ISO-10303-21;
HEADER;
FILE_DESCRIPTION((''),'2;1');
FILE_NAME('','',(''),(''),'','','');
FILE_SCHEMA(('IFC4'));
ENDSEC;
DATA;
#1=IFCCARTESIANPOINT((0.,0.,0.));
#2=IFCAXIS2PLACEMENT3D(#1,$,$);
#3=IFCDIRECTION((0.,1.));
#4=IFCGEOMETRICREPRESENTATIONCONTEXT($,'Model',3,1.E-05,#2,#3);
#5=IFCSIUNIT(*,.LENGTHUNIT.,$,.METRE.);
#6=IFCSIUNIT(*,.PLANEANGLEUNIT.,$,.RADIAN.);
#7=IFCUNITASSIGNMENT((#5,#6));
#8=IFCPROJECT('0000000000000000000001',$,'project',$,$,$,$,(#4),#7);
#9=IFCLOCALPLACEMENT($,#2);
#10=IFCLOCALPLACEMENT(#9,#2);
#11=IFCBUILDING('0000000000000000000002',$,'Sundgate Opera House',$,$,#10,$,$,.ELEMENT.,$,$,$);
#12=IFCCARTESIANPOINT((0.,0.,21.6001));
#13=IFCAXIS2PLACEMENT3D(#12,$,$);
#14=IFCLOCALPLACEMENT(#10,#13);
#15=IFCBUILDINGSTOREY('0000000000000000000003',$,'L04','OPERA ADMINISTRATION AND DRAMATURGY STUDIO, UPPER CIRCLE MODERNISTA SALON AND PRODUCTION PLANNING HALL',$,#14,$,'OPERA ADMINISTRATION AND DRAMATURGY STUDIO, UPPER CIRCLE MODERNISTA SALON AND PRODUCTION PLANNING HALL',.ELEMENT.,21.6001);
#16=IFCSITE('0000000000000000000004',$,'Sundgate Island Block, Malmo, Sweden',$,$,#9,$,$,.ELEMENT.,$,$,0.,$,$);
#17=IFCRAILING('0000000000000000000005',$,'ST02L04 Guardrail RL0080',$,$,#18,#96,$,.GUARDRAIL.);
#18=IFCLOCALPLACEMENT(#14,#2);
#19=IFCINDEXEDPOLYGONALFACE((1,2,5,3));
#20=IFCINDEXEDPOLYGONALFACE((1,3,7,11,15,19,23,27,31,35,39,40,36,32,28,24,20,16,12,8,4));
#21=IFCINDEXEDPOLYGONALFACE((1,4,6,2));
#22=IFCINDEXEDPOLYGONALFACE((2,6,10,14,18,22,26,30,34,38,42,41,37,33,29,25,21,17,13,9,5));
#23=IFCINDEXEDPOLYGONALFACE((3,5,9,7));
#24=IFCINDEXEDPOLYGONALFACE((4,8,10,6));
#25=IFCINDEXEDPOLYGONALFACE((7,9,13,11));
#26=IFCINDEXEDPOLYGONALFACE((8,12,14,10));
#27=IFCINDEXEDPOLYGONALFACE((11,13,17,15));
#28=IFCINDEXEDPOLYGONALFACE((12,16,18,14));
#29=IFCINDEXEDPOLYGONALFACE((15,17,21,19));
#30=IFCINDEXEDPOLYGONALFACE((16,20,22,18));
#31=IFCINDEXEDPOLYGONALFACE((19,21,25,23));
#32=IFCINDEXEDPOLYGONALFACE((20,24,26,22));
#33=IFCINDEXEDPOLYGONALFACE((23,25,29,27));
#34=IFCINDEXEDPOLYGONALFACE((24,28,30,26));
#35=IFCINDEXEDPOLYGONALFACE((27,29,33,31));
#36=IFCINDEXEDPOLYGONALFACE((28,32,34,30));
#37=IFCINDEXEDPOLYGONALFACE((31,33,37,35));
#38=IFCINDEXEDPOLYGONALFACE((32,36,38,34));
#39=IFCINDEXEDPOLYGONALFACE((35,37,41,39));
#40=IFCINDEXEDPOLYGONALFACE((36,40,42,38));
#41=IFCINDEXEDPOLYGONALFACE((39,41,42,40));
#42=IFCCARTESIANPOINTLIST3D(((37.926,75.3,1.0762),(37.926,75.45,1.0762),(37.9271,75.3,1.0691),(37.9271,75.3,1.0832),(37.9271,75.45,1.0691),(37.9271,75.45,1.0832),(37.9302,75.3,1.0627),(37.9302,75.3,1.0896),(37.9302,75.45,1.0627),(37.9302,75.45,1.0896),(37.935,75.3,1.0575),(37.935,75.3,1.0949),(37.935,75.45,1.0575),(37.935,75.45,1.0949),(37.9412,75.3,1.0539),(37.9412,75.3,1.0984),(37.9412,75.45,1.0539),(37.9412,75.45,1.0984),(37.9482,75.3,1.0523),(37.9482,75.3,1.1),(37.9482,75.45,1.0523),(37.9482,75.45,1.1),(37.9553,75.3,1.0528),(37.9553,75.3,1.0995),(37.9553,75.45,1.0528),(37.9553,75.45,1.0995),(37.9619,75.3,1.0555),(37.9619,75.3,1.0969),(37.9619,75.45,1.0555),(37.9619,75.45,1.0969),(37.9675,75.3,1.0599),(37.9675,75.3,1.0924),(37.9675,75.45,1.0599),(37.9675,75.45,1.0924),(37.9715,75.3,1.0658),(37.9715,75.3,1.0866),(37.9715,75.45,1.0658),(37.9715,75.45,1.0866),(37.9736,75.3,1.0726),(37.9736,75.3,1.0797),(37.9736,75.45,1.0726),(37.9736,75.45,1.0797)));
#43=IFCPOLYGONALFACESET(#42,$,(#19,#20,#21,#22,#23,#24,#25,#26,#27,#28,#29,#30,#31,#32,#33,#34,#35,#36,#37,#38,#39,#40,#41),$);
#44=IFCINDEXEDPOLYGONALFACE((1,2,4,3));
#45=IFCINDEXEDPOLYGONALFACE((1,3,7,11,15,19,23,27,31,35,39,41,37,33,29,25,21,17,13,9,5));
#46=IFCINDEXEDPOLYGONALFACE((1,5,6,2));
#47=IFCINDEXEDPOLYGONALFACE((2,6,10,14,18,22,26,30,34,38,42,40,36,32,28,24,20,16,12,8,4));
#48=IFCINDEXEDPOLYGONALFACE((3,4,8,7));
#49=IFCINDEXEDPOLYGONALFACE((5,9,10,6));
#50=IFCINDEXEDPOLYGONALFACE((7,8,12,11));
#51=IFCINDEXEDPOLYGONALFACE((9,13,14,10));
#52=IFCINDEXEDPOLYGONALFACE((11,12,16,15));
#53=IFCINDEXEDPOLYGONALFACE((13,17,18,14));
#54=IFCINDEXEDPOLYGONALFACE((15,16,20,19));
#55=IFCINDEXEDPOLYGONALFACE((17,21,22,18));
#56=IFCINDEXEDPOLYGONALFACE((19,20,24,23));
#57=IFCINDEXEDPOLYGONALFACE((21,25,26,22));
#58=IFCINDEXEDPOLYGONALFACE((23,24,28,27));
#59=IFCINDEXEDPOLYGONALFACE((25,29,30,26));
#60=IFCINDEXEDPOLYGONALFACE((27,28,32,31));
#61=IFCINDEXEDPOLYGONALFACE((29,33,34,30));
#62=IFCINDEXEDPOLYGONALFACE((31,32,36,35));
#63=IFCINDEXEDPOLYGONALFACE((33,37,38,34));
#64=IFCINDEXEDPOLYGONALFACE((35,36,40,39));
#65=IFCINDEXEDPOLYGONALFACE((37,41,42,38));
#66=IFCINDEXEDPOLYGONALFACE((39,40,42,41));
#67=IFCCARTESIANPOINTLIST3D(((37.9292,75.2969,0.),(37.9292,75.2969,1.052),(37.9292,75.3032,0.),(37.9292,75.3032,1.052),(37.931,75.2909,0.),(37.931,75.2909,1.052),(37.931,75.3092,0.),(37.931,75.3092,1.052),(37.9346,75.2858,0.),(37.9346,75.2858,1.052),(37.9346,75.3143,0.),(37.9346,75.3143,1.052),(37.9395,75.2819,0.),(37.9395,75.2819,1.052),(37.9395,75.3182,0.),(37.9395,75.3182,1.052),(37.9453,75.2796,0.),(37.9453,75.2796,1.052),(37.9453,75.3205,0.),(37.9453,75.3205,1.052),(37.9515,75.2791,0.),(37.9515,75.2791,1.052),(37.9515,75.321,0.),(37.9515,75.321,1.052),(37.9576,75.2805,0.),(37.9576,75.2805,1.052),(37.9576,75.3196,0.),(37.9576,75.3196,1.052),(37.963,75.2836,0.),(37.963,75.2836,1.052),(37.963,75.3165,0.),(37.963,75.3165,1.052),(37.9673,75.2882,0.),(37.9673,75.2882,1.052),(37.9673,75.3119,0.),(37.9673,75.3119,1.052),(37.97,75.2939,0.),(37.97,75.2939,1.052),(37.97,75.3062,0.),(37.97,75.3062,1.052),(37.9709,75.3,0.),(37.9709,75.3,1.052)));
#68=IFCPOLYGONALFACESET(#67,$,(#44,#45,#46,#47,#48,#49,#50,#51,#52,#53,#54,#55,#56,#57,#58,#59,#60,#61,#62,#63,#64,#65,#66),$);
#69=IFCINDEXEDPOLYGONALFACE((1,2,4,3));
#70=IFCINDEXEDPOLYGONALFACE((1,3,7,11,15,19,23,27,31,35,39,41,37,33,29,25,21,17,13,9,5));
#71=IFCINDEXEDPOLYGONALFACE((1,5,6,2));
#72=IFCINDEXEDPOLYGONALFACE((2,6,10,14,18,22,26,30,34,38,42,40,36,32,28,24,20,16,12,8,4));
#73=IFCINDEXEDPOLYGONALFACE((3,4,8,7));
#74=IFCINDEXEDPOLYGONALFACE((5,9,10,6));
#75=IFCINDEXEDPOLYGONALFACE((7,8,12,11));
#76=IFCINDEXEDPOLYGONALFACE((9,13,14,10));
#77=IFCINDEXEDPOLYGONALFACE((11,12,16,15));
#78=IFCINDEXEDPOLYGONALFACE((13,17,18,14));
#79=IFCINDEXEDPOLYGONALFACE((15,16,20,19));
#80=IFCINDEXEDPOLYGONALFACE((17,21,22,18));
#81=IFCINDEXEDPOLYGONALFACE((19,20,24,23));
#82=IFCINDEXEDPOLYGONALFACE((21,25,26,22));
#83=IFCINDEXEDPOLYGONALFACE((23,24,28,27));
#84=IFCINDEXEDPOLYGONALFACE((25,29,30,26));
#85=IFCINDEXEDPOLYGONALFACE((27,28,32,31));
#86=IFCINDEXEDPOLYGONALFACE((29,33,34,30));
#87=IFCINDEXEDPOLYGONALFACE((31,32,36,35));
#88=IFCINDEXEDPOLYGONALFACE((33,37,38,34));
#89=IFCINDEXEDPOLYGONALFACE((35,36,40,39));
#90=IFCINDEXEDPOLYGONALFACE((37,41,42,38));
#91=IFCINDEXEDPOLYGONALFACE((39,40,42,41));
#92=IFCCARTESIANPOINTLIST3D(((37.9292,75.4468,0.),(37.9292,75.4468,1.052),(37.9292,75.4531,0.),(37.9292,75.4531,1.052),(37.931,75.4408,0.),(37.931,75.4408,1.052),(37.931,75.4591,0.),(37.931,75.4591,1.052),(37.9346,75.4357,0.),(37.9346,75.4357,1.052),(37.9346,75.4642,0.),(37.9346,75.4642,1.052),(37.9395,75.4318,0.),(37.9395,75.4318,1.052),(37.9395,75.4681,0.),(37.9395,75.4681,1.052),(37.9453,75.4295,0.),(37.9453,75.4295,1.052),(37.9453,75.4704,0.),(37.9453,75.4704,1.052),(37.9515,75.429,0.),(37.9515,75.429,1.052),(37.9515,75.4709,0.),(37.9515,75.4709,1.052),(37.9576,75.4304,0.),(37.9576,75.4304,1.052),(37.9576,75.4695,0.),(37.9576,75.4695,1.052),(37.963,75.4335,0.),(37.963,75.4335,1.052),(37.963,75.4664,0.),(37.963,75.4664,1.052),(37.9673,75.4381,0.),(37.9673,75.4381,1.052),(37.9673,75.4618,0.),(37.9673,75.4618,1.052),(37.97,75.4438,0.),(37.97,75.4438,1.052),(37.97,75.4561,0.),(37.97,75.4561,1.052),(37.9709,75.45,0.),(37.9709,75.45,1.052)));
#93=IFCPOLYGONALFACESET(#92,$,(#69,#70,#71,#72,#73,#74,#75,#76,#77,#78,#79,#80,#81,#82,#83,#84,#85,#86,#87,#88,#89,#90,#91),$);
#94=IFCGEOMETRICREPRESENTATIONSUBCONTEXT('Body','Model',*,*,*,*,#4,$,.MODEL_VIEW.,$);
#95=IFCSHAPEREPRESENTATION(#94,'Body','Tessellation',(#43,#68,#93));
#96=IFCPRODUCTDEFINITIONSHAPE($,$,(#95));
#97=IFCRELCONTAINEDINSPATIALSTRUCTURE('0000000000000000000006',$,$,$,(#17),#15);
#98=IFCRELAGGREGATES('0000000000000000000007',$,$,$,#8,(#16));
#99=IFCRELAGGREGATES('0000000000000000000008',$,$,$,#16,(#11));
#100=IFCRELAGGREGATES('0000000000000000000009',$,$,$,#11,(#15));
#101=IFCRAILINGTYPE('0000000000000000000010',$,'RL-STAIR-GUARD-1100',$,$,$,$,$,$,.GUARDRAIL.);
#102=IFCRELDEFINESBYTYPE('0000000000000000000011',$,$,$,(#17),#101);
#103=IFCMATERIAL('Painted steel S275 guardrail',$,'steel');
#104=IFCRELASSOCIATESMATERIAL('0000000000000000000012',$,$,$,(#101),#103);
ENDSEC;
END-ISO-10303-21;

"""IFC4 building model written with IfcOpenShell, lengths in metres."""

from ifc_helpers import new_model, si_unit, direction, frame, origin, origin_2d, place, context, subcontext, project, spatial, circle, extrude, material, type_object, element, save


model = new_model("IFC4")

# Units and contexts
model_context = context("Model", 3, precision=1e-05, world=origin(), true_north=direction((0.0, 1.0)))
body_context = subcontext(model_context, "Body", "Model", "MODEL_VIEW")
ifc_project = project(units=[si_unit("LENGTHUNIT", "METRE"), si_unit("PLANEANGLEUNIT", "RADIAN")], contexts=[model_context])

# Site, building, storey
site_placement = place(None, origin())
site = spatial("IfcSite", under=ifc_project, at=site_placement, Name="Sundgate Island Block, Malmo, Sweden", CompositionType="ELEMENT", RefElevation=0.0)
building_placement = place(site_placement, origin())
building = spatial("IfcBuilding", under=site, at=building_placement, Name="Sundgate Opera House", CompositionType="ELEMENT")
storey_placement = place(building_placement, frame((0.0, 0.0, 21.6001)))
storey = spatial("IfcBuildingStorey", under=building, at=storey_placement, Name="L04", Description="OPERA ADMINISTRATION AND DRAMATURGY STUDIO, UPPER CIRCLE MODERNISTA SALON AND PRODUCTION PLANNING HALL", LongName="OPERA ADMINISTRATION AND DRAMATURGY STUDIO, UPPER CIRCLE MODERNISTA SALON AND PRODUCTION PLANNING HALL", CompositionType="ELEMENT", Elevation=21.6001)

# Railing
ifc_material_1 = material(Name="Painted steel S275 guardrail", Category="steel")
railing_type_1 = type_object("IfcRailingType", Name="RL-STAIR-GUARD-1100", PredefinedType="GUARDRAIL", material=ifc_material_1)
railing_1_placement = place(storey_placement, frame((37.95, 75.3, 0.0)))
element("IfcRailing", 1, at=railing_1_placement, inside=storey, type_object=railing_type_1, Name="ST02L04 Guardrail RL0080", PredefinedType="GUARDRAIL", context=body_context, shape_type="SweptSolid", body=[
    extrude(circle(Radius=0.0239, at=origin_2d()), frame((0.0, 0.0, 1.0762), z_axis=(0.0, 1.0, 0.0), x_axis=(-1.0, 0.0, 0.0)), (0.0, 0.0, 1.0), 0.1499),
    extrude(circle(Radius=0.021, at=origin_2d()), origin(), (0.0, 0.0, 1.0), 1.052),
    extrude(circle(Radius=0.021, at=origin_2d()), frame((0.0, 0.1499, 0.0)), (0.0, 0.0, 1.0), 1.052),
])

save(model, "model.ifc")
